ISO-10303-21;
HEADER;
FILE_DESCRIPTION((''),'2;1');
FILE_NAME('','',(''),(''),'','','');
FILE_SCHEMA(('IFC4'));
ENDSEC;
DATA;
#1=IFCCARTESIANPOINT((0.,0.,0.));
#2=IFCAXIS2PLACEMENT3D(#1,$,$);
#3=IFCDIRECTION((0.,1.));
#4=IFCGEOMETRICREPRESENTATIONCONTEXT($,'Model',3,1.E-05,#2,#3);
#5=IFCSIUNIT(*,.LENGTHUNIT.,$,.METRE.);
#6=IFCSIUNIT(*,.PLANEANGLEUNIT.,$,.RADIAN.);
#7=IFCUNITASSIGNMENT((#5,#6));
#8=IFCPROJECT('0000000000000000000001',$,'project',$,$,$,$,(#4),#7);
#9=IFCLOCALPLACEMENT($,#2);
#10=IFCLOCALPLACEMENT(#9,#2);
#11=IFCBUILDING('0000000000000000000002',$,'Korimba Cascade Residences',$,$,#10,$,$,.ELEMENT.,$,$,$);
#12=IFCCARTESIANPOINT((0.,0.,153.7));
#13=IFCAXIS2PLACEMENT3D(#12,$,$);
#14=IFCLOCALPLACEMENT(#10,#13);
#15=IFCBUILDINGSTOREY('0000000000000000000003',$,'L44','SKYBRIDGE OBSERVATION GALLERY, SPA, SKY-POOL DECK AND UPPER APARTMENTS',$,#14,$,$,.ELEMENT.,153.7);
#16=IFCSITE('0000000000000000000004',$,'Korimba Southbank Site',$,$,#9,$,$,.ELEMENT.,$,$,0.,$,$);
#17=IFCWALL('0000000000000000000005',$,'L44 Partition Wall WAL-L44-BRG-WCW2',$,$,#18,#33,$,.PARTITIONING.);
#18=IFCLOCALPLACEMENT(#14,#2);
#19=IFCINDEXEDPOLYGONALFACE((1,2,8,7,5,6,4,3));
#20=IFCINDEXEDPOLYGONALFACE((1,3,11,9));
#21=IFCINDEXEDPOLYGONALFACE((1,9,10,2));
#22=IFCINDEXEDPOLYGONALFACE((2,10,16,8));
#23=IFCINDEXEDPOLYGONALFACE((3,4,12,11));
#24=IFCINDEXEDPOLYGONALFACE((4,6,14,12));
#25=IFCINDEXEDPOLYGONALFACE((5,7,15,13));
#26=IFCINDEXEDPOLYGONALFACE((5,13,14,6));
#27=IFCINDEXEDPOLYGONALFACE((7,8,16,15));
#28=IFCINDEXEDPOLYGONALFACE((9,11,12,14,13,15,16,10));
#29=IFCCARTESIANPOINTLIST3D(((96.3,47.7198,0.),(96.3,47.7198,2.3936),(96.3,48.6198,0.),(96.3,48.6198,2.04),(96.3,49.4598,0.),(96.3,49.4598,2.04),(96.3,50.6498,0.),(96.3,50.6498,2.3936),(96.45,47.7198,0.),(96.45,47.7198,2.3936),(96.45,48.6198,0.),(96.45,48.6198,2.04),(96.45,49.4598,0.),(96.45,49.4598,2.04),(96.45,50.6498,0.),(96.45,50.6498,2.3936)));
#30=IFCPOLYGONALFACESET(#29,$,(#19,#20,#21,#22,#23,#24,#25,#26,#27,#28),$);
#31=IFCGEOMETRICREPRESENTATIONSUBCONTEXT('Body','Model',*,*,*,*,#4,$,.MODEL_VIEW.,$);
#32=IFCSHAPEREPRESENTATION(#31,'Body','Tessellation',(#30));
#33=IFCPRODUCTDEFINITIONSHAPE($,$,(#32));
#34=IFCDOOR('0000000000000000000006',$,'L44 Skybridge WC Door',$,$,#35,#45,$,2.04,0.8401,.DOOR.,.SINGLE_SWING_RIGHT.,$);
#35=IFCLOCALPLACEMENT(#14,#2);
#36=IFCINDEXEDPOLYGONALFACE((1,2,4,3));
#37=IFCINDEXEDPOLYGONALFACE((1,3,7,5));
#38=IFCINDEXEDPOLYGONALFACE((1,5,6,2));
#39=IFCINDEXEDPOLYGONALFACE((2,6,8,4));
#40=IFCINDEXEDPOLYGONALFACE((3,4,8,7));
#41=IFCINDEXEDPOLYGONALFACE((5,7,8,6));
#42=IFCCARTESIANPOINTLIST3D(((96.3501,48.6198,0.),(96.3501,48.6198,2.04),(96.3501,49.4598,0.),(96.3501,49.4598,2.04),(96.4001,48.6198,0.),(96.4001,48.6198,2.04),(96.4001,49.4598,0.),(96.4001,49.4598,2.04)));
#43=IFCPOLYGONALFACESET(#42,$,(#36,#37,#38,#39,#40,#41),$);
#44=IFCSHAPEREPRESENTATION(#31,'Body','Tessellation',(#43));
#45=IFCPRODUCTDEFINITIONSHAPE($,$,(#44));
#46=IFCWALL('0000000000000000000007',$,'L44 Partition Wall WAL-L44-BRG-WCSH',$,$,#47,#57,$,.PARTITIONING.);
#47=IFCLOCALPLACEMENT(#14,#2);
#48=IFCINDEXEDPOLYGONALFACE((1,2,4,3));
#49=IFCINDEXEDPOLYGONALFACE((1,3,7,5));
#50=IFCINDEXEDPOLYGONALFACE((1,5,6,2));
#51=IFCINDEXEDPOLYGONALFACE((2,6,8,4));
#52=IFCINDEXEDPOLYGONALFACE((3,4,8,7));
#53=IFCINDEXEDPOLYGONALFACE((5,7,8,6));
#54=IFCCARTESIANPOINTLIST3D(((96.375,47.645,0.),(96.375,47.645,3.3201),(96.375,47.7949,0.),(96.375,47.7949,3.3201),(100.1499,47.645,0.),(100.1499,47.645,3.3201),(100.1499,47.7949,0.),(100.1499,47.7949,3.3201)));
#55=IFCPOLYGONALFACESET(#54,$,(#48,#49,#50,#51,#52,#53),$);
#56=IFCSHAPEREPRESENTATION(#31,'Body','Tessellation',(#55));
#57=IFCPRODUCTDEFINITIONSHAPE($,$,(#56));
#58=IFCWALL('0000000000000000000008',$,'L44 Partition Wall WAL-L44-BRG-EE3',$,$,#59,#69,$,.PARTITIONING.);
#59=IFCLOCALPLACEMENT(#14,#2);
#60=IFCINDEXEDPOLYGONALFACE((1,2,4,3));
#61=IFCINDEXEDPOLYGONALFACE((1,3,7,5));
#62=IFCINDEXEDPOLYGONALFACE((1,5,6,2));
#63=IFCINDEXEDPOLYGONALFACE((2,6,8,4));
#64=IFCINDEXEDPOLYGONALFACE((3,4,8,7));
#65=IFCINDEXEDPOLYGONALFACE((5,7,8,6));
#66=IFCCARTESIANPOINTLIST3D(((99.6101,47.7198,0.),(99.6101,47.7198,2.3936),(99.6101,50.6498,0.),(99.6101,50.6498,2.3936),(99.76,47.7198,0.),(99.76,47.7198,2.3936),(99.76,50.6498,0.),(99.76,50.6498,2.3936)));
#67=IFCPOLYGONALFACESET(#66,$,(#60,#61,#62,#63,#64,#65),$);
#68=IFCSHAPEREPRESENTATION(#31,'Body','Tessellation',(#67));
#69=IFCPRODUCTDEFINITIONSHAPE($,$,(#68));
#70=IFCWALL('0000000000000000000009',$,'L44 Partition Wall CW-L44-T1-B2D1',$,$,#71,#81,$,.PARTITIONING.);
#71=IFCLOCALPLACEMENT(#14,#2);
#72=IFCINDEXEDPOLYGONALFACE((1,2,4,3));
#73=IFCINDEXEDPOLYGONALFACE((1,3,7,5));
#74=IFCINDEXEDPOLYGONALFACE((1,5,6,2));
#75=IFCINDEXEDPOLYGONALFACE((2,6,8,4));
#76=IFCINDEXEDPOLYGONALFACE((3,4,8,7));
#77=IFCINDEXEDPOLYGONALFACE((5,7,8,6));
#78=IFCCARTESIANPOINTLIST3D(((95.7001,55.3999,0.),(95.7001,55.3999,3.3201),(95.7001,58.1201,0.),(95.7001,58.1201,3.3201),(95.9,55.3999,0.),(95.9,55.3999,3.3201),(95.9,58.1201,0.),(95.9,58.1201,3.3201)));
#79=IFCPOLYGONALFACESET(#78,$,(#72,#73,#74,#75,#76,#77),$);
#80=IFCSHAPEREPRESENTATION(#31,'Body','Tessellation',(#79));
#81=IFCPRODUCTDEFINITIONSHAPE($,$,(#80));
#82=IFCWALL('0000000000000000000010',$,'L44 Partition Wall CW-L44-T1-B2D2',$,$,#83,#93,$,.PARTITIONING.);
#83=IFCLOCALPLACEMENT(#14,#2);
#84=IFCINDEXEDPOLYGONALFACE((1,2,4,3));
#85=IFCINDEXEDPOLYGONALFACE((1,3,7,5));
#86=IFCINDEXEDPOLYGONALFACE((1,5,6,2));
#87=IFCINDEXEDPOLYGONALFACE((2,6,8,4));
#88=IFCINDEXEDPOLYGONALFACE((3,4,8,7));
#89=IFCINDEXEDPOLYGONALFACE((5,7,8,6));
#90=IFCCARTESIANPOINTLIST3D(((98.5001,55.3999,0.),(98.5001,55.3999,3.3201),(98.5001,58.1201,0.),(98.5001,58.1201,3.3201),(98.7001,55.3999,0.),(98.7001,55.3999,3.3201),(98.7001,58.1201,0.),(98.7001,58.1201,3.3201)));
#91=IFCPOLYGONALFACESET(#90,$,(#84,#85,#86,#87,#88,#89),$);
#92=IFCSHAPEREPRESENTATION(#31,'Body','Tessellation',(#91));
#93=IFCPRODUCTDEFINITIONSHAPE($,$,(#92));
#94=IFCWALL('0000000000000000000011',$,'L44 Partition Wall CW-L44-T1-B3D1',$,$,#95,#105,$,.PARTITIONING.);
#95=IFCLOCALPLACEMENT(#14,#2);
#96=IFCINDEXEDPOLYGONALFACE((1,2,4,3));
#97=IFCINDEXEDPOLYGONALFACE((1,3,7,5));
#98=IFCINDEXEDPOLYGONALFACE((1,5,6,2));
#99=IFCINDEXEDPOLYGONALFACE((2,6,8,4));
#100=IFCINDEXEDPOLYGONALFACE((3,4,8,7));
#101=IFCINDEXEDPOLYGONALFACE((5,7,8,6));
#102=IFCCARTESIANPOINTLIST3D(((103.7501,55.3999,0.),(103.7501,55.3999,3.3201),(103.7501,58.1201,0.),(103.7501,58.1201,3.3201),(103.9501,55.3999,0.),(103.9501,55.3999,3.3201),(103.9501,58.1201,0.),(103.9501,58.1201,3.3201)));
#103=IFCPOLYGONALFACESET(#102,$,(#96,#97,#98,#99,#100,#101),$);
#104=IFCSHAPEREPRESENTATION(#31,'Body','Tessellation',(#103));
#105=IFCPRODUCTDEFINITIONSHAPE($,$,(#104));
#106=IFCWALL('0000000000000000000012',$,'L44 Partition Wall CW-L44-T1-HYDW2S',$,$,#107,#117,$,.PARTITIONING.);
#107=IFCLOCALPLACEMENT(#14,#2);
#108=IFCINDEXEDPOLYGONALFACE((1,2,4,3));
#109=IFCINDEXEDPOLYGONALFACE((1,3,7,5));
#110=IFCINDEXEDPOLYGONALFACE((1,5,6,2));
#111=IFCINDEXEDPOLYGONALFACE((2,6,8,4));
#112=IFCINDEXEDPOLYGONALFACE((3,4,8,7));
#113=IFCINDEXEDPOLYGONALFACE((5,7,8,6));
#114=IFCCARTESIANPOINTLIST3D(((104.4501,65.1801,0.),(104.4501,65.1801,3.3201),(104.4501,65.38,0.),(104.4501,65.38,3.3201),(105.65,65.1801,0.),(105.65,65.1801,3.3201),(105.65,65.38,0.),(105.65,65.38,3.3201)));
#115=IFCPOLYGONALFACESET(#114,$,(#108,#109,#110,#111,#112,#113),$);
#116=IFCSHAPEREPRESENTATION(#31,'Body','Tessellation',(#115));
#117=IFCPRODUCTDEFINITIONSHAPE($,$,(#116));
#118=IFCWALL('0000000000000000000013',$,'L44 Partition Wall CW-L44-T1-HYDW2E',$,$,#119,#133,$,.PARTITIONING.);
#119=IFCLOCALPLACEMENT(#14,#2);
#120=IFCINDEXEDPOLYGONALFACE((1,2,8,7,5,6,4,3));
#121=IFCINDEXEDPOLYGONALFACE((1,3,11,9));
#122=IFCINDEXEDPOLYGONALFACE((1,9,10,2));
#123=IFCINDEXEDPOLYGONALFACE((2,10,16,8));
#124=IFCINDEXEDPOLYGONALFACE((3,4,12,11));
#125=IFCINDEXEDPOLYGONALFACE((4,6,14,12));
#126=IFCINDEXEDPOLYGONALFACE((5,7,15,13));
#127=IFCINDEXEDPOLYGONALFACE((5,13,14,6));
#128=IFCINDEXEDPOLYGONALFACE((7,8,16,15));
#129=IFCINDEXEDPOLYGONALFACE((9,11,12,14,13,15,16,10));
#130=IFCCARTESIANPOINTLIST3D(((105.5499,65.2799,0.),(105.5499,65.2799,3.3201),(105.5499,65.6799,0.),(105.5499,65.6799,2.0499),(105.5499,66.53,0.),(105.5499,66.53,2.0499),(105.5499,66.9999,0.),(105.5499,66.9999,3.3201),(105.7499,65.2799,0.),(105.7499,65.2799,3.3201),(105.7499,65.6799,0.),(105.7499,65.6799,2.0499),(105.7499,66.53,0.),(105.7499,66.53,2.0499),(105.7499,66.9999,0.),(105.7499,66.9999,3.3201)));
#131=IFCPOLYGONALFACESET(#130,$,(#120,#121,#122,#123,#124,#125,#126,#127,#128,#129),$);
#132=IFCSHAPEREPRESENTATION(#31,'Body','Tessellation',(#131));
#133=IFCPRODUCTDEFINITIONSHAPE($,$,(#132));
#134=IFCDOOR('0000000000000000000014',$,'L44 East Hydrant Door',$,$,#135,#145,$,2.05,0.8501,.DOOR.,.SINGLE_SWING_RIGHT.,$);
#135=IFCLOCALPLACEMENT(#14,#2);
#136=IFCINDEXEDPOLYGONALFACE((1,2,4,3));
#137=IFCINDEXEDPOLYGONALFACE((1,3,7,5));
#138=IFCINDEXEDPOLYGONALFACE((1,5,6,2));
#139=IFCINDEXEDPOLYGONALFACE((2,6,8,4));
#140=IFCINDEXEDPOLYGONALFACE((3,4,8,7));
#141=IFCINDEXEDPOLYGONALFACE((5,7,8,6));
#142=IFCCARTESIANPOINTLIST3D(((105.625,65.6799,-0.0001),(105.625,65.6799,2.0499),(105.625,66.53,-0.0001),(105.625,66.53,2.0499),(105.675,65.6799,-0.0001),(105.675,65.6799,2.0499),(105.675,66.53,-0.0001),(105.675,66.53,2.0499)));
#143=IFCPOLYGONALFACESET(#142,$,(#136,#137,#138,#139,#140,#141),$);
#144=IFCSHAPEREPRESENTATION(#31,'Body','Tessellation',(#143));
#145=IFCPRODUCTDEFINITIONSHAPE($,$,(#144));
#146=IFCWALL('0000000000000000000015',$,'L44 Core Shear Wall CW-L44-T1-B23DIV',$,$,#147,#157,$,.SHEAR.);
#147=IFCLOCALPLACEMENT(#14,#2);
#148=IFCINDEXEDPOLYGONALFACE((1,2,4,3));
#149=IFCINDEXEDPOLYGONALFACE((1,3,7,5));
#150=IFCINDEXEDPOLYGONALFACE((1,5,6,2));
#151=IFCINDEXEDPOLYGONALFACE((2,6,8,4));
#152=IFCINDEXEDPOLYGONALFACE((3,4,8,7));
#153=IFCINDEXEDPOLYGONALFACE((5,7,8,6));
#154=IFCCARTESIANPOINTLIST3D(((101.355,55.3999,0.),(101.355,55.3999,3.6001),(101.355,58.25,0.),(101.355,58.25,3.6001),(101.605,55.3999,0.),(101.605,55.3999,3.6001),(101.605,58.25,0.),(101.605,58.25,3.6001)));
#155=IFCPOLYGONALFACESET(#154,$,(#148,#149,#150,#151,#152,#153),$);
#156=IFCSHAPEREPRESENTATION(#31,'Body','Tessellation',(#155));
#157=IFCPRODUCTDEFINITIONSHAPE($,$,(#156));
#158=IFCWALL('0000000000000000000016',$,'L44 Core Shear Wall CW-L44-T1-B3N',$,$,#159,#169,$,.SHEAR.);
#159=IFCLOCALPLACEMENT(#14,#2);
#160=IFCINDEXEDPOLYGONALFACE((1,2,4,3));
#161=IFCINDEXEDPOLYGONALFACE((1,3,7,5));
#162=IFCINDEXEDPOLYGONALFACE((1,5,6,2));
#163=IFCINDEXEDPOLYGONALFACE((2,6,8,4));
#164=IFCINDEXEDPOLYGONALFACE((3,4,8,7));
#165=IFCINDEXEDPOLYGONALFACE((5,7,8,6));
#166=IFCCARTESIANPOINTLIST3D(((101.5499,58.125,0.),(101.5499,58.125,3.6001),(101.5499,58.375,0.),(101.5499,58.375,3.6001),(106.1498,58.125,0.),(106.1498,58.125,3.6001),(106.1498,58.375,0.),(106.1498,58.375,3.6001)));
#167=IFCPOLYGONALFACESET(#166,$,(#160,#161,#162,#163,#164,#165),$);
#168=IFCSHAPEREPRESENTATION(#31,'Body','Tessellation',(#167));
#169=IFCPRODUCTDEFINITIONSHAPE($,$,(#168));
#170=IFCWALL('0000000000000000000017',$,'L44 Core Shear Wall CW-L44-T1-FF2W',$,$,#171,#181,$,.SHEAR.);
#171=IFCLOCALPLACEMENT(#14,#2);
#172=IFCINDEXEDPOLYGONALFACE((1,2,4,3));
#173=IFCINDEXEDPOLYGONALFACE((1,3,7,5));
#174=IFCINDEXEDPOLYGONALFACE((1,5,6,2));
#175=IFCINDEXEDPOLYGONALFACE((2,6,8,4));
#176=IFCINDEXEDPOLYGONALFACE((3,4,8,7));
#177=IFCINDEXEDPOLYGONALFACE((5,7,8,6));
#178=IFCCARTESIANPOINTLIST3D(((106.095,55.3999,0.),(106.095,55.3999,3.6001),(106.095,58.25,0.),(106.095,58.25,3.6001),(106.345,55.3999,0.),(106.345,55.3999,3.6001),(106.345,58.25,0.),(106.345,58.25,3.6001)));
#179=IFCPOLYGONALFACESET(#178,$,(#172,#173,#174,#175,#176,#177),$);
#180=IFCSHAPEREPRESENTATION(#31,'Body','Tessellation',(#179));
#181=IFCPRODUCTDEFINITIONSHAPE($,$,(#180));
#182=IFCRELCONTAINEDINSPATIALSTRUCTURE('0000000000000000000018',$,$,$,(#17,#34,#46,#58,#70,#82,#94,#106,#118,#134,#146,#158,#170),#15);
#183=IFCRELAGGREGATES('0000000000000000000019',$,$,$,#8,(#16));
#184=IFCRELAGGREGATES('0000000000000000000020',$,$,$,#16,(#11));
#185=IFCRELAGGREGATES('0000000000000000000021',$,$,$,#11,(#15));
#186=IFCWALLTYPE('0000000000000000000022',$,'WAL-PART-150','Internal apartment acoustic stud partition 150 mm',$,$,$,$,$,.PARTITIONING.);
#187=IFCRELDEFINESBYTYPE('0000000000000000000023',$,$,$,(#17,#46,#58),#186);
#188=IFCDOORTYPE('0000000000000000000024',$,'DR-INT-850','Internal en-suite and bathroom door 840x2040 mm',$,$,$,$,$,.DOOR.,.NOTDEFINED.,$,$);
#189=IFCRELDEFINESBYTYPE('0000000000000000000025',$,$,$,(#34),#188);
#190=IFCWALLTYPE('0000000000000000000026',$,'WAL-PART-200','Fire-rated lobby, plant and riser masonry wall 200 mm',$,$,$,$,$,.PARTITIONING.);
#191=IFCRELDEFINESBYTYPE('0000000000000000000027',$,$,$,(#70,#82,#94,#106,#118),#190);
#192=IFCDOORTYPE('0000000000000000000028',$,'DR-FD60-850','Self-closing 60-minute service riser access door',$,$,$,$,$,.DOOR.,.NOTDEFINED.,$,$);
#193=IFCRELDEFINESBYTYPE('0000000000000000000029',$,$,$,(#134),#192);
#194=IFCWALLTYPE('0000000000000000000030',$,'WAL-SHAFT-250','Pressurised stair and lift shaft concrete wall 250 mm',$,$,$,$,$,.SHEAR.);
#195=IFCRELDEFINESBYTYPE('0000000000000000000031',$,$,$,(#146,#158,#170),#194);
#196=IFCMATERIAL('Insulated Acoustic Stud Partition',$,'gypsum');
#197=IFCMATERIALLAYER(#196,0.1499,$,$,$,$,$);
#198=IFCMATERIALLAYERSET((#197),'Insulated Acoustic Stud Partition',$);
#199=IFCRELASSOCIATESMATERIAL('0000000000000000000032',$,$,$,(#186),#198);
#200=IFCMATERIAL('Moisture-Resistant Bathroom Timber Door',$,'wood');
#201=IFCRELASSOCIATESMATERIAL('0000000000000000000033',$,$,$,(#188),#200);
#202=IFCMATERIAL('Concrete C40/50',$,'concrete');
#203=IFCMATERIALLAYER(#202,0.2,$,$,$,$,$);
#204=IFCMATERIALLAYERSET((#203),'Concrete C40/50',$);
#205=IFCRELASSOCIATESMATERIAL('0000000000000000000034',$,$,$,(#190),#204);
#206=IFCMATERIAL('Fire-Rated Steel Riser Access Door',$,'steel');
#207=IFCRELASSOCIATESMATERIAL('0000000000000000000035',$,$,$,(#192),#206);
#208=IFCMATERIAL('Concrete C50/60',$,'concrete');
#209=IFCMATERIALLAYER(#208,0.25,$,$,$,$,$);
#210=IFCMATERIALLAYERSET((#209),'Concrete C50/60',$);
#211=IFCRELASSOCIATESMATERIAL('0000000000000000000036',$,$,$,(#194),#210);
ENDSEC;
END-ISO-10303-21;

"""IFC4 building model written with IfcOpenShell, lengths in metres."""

from ifc_helpers import new_model, si_unit, direction, frame, frame_2d, origin, place, context, subcontext, project, spatial, rectangle, extrude, material, layer, layer_set, type_object, element, fill, save


model = new_model("IFC4")

# Units and contexts
model_context = context("Model", 3, precision=1e-05, world=origin(), true_north=direction((0.0, 1.0)))
body_context = subcontext(model_context, "Body", "Model", "MODEL_VIEW")
ifc_project = project(units=[si_unit("LENGTHUNIT", "METRE"), si_unit("PLANEANGLEUNIT", "RADIAN")], contexts=[model_context])

# Site, building, storey
site_placement = place(None, origin())
site = spatial("IfcSite", under=ifc_project, at=site_placement, Name="Korimba Southbank Site", CompositionType="ELEMENT", RefElevation=0.0)
building_placement = place(site_placement, origin())
building = spatial("IfcBuilding", under=site, at=building_placement, Name="Korimba Cascade Residences", CompositionType="ELEMENT")
storey_placement = place(building_placement, frame((0.0, 0.0, 153.7)))
storey = spatial("IfcBuildingStorey", under=building, at=storey_placement, Name="L44", Description="SKYBRIDGE OBSERVATION GALLERY, SPA, SKY-POOL DECK AND UPPER APARTMENTS", CompositionType="ELEMENT", Elevation=153.7)

# Shared definitions
ifc_material_1 = material(Name="Insulated Acoustic Stud Partition", Category="gypsum")
ifc_layer_1 = layer(ifc_material_1, 0.1499)
ifc_layer_set_1 = layer_set([ifc_layer_1], Name="Insulated Acoustic Stud Partition")
wall_type_1 = type_object("IfcWallType", Name="WAL-PART-150", Description="Internal apartment acoustic stud partition 150 mm", PredefinedType="PARTITIONING", material=ifc_layer_set_1)

# Wall, opening, door
wall_1_placement = place(storey_placement, frame((96.375, 47.72, 0.0), z_axis=(0.0, 0.0, 1.0), x_axis=(0.0, 1.0, 0.0)))
wall_1 = element("IfcWall", 1, at=wall_1_placement, inside=storey, type_object=wall_type_1, Name="L44 Partition Wall WAL-L44-BRG-WCW2", PredefinedType="PARTITIONING", context=body_context, shape_type="SweptSolid", body=[
    extrude(rectangle(XDim=2.9299, YDim=0.1499, at=frame_2d((1.4648, 0.0))), origin(), (0.0, 0.0, 1.0), 2.3936),
])
opening_1_placement = place(wall_1_placement, frame((0.8999, 0.0, 0.0)))
opening_1 = element("IfcOpeningElement", 2, at=opening_1_placement, cuts=wall_1, PredefinedType="OPENING", context=body_context, shape_type="SweptSolid", body=[
    extrude(rectangle(XDim=0.8401, YDim=2.04, at=frame_2d((0.4199, 1.02))), frame((0.0, 0.085, 0.0), z_axis=(0.0, -1.0, 0.0), x_axis=(1.0, 0.0, 0.0)), (0.0, 0.0, 1.0), 0.1699),
])
ifc_material_2 = material(Name="Moisture-Resistant Bathroom Timber Door", Category="wood")
door_type_1 = type_object("IfcDoorType", Name="DR-INT-850", Description="Internal en-suite and bathroom door 840x2040 mm", OperationType="NOTDEFINED", PredefinedType="DOOR", material=ifc_material_2)
door_1_placement = place(opening_1_placement, origin())
door_1 = element("IfcDoor", 3, at=door_1_placement, inside=storey, type_object=door_type_1, Name="L44 Skybridge WC Door", OperationType="SINGLE_SWING_RIGHT", OverallHeight=2.04, OverallWidth=0.8401, PredefinedType="DOOR", context=body_context, shape_type="SweptSolid", body=[
    extrude(rectangle(XDim=0.8401, YDim=2.04, at=frame_2d((0.4199, 1.02))), frame((0.0, 0.0249, 0.0), z_axis=(0.0, -1.0, 0.0), x_axis=(1.0, 0.0, 0.0)), (0.0, 0.0, 1.0), 0.05),
])
fill(opening_1, door_1)

# Walls
wall_2_placement = place(storey_placement, frame((96.375, 47.72, 0.0), z_axis=(0.0, 0.0, 1.0), x_axis=(1.0, 0.0, 0.0)))
element("IfcWall", 4, at=wall_2_placement, inside=storey, type_object=wall_type_1, Name="L44 Partition Wall WAL-L44-BRG-WCSH", PredefinedType="PARTITIONING", context=body_context, shape_type="SweptSolid", body=[
    extrude(rectangle(XDim=3.7749, YDim=0.1499, at=frame_2d((1.8875, 0.0))), origin(), (0.0, 0.0, 1.0), 3.3201),
])
wall_3_placement = place(storey_placement, frame((99.6851, 47.72, 0.0), z_axis=(0.0, 0.0, 1.0), x_axis=(0.0, 1.0, 0.0)))
element("IfcWall", 5, at=wall_3_placement, inside=storey, type_object=wall_type_1, Name="L44 Partition Wall WAL-L44-BRG-EE3", PredefinedType="PARTITIONING", context=body_context, shape_type="SweptSolid", body=[
    extrude(rectangle(XDim=2.9299, YDim=0.1499, at=frame_2d((1.4648, 0.0))), origin(), (0.0, 0.0, 1.0), 2.3936),
])
ifc_material_3 = material(Name="Concrete C40/50", Category="concrete")
ifc_layer_2 = layer(ifc_material_3, 0.2)
ifc_layer_set_2 = layer_set([ifc_layer_2], Name="Concrete C40/50")
wall_type_2 = type_object("IfcWallType", Name="WAL-PART-200", Description="Fire-rated lobby, plant and riser masonry wall 200 mm", PredefinedType="PARTITIONING", material=ifc_layer_set_2)
for number, where, z_axis, x_axis, name in (
    (6, (95.8, 55.3999, 0.0), (0.0, 0.0, 1.0), (0.0, 1.0, 0.0), "L44 Partition Wall CW-L44-T1-B2D1"),
    (7, (98.6001, 55.3999, 0.0), (0.0, 0.0, 1.0), (0.0, 1.0, 0.0), "L44 Partition Wall CW-L44-T1-B2D2"),
    (8, (103.8501, 55.3999, 0.0), (0.0, 0.0, 1.0), (0.0, 1.0, 0.0), "L44 Partition Wall CW-L44-T1-B3D1"),
):
    element("IfcWall", number, at=place(storey_placement, frame(where, z_axis=z_axis, x_axis=x_axis)), inside=storey, type_object=wall_type_2, Name=name, PredefinedType="PARTITIONING", context=body_context, shape_type="SweptSolid", body=[
        extrude(rectangle(XDim=2.7202, YDim=0.2, at=frame_2d((1.3601, 0.0))), origin(), (0.0, 0.0, 1.0), 3.3201),
    ])
wall_4_placement = place(storey_placement, frame((104.45, 65.28, 0.0), z_axis=(0.0, 0.0, 1.0), x_axis=(1.0, 0.0, 0.0)))
element("IfcWall", 9, at=wall_4_placement, inside=storey, type_object=wall_type_2, Name="L44 Partition Wall CW-L44-T1-HYDW2S", PredefinedType="PARTITIONING", context=body_context, shape_type="SweptSolid", body=[
    extrude(rectangle(XDim=1.2, YDim=0.2, at=frame_2d((0.6001, 0.0))), origin(), (0.0, 0.0, 1.0), 3.3201),
])

# Wall, opening, door
wall_5_placement = place(storey_placement, frame((105.6499, 65.28, 0.0), z_axis=(0.0, 0.0, 1.0), x_axis=(0.0, 1.0, 0.0)))
wall_5 = element("IfcWall", 10, at=wall_5_placement, inside=storey, type_object=wall_type_2, Name="L44 Partition Wall CW-L44-T1-HYDW2E", PredefinedType="PARTITIONING", context=body_context, shape_type="SweptSolid", body=[
    extrude(rectangle(XDim=1.72, YDim=0.2, at=frame_2d((0.8599, 0.0))), origin(), (0.0, 0.0, 1.0), 3.3201),
])
opening_2_placement = place(wall_5_placement, frame((0.3999, 0.0, 0.0)))
opening_2 = element("IfcOpeningElement", 11, at=opening_2_placement, cuts=wall_5, PredefinedType="OPENING", context=body_context, shape_type="SweptSolid", body=[
    extrude(rectangle(XDim=0.8501, YDim=2.05, at=frame_2d((0.425, 1.0249))), frame((0.0, 0.1099, 0.0), z_axis=(0.0, -1.0, 0.0), x_axis=(1.0, 0.0, 0.0)), (0.0, 0.0, 1.0), 0.22),
])
ifc_material_4 = material(Name="Fire-Rated Steel Riser Access Door", Category="steel")
door_type_2 = type_object("IfcDoorType", Name="DR-FD60-850", Description="Self-closing 60-minute service riser access door", OperationType="NOTDEFINED", PredefinedType="DOOR", material=ifc_material_4)
door_2_placement = place(opening_2_placement, origin())
door_2 = element("IfcDoor", 12, at=door_2_placement, inside=storey, type_object=door_type_2, Name="L44 East Hydrant Door", OperationType="SINGLE_SWING_RIGHT", OverallHeight=2.05, OverallWidth=0.8501, PredefinedType="DOOR", context=body_context, shape_type="SweptSolid", body=[
    extrude(rectangle(XDim=0.8501, YDim=2.05, at=frame_2d((0.425, 1.0249))), frame((0.0, 0.0249, 0.0), z_axis=(0.0, -1.0, 0.0), x_axis=(1.0, 0.0, 0.0)), (0.0, 0.0, 1.0), 0.05),
])
fill(opening_2, door_2)

# Walls
ifc_material_5 = material(Name="Concrete C50/60", Category="concrete")
ifc_layer_3 = layer(ifc_material_5, 0.25)
ifc_layer_set_3 = layer_set([ifc_layer_3], Name="Concrete C50/60")
wall_type_3 = type_object("IfcWallType", Name="WAL-SHAFT-250", Description="Pressurised stair and lift shaft concrete wall 250 mm", PredefinedType="SHEAR", material=ifc_layer_set_3)
wall_6_placement = place(storey_placement, frame((101.48, 55.3999, 0.0), z_axis=(0.0, 0.0, 1.0), x_axis=(0.0, 1.0, 0.0)))
element("IfcWall", 13, at=wall_6_placement, inside=storey, type_object=wall_type_3, Name="L44 Core Shear Wall CW-L44-T1-B23DIV", PredefinedType="SHEAR", context=body_context, shape_type="SweptSolid", body=[
    extrude(rectangle(XDim=2.8501, YDim=0.25, at=frame_2d((1.425, 0.0))), origin(), (0.0, 0.0, 1.0), 3.6001),
])
wall_7_placement = place(storey_placement, frame((101.55, 58.25, 0.0), z_axis=(0.0, 0.0, 1.0), x_axis=(1.0, 0.0, 0.0)))
element("IfcWall", 14, at=wall_7_placement, inside=storey, type_object=wall_type_3, Name="L44 Core Shear Wall CW-L44-T1-B3N", PredefinedType="SHEAR", context=body_context, shape_type="SweptSolid", body=[
    extrude(rectangle(XDim=4.5999, YDim=0.25, at=frame_2d((2.2998, 0.0))), origin(), (0.0, 0.0, 1.0), 3.6001),
])
wall_8_placement = place(storey_placement, frame((106.22, 55.3999, 0.0), z_axis=(0.0, 0.0, 1.0), x_axis=(0.0, 1.0, 0.0)))
element("IfcWall", 15, at=wall_8_placement, inside=storey, type_object=wall_type_3, Name="L44 Core Shear Wall CW-L44-T1-FF2W", PredefinedType="SHEAR", context=body_context, shape_type="SweptSolid", body=[
    extrude(rectangle(XDim=2.8501, YDim=0.25, at=frame_2d((1.425, 0.0))), origin(), (0.0, 0.0, 1.0), 3.6001),
])

save(model, "model.ifc")
